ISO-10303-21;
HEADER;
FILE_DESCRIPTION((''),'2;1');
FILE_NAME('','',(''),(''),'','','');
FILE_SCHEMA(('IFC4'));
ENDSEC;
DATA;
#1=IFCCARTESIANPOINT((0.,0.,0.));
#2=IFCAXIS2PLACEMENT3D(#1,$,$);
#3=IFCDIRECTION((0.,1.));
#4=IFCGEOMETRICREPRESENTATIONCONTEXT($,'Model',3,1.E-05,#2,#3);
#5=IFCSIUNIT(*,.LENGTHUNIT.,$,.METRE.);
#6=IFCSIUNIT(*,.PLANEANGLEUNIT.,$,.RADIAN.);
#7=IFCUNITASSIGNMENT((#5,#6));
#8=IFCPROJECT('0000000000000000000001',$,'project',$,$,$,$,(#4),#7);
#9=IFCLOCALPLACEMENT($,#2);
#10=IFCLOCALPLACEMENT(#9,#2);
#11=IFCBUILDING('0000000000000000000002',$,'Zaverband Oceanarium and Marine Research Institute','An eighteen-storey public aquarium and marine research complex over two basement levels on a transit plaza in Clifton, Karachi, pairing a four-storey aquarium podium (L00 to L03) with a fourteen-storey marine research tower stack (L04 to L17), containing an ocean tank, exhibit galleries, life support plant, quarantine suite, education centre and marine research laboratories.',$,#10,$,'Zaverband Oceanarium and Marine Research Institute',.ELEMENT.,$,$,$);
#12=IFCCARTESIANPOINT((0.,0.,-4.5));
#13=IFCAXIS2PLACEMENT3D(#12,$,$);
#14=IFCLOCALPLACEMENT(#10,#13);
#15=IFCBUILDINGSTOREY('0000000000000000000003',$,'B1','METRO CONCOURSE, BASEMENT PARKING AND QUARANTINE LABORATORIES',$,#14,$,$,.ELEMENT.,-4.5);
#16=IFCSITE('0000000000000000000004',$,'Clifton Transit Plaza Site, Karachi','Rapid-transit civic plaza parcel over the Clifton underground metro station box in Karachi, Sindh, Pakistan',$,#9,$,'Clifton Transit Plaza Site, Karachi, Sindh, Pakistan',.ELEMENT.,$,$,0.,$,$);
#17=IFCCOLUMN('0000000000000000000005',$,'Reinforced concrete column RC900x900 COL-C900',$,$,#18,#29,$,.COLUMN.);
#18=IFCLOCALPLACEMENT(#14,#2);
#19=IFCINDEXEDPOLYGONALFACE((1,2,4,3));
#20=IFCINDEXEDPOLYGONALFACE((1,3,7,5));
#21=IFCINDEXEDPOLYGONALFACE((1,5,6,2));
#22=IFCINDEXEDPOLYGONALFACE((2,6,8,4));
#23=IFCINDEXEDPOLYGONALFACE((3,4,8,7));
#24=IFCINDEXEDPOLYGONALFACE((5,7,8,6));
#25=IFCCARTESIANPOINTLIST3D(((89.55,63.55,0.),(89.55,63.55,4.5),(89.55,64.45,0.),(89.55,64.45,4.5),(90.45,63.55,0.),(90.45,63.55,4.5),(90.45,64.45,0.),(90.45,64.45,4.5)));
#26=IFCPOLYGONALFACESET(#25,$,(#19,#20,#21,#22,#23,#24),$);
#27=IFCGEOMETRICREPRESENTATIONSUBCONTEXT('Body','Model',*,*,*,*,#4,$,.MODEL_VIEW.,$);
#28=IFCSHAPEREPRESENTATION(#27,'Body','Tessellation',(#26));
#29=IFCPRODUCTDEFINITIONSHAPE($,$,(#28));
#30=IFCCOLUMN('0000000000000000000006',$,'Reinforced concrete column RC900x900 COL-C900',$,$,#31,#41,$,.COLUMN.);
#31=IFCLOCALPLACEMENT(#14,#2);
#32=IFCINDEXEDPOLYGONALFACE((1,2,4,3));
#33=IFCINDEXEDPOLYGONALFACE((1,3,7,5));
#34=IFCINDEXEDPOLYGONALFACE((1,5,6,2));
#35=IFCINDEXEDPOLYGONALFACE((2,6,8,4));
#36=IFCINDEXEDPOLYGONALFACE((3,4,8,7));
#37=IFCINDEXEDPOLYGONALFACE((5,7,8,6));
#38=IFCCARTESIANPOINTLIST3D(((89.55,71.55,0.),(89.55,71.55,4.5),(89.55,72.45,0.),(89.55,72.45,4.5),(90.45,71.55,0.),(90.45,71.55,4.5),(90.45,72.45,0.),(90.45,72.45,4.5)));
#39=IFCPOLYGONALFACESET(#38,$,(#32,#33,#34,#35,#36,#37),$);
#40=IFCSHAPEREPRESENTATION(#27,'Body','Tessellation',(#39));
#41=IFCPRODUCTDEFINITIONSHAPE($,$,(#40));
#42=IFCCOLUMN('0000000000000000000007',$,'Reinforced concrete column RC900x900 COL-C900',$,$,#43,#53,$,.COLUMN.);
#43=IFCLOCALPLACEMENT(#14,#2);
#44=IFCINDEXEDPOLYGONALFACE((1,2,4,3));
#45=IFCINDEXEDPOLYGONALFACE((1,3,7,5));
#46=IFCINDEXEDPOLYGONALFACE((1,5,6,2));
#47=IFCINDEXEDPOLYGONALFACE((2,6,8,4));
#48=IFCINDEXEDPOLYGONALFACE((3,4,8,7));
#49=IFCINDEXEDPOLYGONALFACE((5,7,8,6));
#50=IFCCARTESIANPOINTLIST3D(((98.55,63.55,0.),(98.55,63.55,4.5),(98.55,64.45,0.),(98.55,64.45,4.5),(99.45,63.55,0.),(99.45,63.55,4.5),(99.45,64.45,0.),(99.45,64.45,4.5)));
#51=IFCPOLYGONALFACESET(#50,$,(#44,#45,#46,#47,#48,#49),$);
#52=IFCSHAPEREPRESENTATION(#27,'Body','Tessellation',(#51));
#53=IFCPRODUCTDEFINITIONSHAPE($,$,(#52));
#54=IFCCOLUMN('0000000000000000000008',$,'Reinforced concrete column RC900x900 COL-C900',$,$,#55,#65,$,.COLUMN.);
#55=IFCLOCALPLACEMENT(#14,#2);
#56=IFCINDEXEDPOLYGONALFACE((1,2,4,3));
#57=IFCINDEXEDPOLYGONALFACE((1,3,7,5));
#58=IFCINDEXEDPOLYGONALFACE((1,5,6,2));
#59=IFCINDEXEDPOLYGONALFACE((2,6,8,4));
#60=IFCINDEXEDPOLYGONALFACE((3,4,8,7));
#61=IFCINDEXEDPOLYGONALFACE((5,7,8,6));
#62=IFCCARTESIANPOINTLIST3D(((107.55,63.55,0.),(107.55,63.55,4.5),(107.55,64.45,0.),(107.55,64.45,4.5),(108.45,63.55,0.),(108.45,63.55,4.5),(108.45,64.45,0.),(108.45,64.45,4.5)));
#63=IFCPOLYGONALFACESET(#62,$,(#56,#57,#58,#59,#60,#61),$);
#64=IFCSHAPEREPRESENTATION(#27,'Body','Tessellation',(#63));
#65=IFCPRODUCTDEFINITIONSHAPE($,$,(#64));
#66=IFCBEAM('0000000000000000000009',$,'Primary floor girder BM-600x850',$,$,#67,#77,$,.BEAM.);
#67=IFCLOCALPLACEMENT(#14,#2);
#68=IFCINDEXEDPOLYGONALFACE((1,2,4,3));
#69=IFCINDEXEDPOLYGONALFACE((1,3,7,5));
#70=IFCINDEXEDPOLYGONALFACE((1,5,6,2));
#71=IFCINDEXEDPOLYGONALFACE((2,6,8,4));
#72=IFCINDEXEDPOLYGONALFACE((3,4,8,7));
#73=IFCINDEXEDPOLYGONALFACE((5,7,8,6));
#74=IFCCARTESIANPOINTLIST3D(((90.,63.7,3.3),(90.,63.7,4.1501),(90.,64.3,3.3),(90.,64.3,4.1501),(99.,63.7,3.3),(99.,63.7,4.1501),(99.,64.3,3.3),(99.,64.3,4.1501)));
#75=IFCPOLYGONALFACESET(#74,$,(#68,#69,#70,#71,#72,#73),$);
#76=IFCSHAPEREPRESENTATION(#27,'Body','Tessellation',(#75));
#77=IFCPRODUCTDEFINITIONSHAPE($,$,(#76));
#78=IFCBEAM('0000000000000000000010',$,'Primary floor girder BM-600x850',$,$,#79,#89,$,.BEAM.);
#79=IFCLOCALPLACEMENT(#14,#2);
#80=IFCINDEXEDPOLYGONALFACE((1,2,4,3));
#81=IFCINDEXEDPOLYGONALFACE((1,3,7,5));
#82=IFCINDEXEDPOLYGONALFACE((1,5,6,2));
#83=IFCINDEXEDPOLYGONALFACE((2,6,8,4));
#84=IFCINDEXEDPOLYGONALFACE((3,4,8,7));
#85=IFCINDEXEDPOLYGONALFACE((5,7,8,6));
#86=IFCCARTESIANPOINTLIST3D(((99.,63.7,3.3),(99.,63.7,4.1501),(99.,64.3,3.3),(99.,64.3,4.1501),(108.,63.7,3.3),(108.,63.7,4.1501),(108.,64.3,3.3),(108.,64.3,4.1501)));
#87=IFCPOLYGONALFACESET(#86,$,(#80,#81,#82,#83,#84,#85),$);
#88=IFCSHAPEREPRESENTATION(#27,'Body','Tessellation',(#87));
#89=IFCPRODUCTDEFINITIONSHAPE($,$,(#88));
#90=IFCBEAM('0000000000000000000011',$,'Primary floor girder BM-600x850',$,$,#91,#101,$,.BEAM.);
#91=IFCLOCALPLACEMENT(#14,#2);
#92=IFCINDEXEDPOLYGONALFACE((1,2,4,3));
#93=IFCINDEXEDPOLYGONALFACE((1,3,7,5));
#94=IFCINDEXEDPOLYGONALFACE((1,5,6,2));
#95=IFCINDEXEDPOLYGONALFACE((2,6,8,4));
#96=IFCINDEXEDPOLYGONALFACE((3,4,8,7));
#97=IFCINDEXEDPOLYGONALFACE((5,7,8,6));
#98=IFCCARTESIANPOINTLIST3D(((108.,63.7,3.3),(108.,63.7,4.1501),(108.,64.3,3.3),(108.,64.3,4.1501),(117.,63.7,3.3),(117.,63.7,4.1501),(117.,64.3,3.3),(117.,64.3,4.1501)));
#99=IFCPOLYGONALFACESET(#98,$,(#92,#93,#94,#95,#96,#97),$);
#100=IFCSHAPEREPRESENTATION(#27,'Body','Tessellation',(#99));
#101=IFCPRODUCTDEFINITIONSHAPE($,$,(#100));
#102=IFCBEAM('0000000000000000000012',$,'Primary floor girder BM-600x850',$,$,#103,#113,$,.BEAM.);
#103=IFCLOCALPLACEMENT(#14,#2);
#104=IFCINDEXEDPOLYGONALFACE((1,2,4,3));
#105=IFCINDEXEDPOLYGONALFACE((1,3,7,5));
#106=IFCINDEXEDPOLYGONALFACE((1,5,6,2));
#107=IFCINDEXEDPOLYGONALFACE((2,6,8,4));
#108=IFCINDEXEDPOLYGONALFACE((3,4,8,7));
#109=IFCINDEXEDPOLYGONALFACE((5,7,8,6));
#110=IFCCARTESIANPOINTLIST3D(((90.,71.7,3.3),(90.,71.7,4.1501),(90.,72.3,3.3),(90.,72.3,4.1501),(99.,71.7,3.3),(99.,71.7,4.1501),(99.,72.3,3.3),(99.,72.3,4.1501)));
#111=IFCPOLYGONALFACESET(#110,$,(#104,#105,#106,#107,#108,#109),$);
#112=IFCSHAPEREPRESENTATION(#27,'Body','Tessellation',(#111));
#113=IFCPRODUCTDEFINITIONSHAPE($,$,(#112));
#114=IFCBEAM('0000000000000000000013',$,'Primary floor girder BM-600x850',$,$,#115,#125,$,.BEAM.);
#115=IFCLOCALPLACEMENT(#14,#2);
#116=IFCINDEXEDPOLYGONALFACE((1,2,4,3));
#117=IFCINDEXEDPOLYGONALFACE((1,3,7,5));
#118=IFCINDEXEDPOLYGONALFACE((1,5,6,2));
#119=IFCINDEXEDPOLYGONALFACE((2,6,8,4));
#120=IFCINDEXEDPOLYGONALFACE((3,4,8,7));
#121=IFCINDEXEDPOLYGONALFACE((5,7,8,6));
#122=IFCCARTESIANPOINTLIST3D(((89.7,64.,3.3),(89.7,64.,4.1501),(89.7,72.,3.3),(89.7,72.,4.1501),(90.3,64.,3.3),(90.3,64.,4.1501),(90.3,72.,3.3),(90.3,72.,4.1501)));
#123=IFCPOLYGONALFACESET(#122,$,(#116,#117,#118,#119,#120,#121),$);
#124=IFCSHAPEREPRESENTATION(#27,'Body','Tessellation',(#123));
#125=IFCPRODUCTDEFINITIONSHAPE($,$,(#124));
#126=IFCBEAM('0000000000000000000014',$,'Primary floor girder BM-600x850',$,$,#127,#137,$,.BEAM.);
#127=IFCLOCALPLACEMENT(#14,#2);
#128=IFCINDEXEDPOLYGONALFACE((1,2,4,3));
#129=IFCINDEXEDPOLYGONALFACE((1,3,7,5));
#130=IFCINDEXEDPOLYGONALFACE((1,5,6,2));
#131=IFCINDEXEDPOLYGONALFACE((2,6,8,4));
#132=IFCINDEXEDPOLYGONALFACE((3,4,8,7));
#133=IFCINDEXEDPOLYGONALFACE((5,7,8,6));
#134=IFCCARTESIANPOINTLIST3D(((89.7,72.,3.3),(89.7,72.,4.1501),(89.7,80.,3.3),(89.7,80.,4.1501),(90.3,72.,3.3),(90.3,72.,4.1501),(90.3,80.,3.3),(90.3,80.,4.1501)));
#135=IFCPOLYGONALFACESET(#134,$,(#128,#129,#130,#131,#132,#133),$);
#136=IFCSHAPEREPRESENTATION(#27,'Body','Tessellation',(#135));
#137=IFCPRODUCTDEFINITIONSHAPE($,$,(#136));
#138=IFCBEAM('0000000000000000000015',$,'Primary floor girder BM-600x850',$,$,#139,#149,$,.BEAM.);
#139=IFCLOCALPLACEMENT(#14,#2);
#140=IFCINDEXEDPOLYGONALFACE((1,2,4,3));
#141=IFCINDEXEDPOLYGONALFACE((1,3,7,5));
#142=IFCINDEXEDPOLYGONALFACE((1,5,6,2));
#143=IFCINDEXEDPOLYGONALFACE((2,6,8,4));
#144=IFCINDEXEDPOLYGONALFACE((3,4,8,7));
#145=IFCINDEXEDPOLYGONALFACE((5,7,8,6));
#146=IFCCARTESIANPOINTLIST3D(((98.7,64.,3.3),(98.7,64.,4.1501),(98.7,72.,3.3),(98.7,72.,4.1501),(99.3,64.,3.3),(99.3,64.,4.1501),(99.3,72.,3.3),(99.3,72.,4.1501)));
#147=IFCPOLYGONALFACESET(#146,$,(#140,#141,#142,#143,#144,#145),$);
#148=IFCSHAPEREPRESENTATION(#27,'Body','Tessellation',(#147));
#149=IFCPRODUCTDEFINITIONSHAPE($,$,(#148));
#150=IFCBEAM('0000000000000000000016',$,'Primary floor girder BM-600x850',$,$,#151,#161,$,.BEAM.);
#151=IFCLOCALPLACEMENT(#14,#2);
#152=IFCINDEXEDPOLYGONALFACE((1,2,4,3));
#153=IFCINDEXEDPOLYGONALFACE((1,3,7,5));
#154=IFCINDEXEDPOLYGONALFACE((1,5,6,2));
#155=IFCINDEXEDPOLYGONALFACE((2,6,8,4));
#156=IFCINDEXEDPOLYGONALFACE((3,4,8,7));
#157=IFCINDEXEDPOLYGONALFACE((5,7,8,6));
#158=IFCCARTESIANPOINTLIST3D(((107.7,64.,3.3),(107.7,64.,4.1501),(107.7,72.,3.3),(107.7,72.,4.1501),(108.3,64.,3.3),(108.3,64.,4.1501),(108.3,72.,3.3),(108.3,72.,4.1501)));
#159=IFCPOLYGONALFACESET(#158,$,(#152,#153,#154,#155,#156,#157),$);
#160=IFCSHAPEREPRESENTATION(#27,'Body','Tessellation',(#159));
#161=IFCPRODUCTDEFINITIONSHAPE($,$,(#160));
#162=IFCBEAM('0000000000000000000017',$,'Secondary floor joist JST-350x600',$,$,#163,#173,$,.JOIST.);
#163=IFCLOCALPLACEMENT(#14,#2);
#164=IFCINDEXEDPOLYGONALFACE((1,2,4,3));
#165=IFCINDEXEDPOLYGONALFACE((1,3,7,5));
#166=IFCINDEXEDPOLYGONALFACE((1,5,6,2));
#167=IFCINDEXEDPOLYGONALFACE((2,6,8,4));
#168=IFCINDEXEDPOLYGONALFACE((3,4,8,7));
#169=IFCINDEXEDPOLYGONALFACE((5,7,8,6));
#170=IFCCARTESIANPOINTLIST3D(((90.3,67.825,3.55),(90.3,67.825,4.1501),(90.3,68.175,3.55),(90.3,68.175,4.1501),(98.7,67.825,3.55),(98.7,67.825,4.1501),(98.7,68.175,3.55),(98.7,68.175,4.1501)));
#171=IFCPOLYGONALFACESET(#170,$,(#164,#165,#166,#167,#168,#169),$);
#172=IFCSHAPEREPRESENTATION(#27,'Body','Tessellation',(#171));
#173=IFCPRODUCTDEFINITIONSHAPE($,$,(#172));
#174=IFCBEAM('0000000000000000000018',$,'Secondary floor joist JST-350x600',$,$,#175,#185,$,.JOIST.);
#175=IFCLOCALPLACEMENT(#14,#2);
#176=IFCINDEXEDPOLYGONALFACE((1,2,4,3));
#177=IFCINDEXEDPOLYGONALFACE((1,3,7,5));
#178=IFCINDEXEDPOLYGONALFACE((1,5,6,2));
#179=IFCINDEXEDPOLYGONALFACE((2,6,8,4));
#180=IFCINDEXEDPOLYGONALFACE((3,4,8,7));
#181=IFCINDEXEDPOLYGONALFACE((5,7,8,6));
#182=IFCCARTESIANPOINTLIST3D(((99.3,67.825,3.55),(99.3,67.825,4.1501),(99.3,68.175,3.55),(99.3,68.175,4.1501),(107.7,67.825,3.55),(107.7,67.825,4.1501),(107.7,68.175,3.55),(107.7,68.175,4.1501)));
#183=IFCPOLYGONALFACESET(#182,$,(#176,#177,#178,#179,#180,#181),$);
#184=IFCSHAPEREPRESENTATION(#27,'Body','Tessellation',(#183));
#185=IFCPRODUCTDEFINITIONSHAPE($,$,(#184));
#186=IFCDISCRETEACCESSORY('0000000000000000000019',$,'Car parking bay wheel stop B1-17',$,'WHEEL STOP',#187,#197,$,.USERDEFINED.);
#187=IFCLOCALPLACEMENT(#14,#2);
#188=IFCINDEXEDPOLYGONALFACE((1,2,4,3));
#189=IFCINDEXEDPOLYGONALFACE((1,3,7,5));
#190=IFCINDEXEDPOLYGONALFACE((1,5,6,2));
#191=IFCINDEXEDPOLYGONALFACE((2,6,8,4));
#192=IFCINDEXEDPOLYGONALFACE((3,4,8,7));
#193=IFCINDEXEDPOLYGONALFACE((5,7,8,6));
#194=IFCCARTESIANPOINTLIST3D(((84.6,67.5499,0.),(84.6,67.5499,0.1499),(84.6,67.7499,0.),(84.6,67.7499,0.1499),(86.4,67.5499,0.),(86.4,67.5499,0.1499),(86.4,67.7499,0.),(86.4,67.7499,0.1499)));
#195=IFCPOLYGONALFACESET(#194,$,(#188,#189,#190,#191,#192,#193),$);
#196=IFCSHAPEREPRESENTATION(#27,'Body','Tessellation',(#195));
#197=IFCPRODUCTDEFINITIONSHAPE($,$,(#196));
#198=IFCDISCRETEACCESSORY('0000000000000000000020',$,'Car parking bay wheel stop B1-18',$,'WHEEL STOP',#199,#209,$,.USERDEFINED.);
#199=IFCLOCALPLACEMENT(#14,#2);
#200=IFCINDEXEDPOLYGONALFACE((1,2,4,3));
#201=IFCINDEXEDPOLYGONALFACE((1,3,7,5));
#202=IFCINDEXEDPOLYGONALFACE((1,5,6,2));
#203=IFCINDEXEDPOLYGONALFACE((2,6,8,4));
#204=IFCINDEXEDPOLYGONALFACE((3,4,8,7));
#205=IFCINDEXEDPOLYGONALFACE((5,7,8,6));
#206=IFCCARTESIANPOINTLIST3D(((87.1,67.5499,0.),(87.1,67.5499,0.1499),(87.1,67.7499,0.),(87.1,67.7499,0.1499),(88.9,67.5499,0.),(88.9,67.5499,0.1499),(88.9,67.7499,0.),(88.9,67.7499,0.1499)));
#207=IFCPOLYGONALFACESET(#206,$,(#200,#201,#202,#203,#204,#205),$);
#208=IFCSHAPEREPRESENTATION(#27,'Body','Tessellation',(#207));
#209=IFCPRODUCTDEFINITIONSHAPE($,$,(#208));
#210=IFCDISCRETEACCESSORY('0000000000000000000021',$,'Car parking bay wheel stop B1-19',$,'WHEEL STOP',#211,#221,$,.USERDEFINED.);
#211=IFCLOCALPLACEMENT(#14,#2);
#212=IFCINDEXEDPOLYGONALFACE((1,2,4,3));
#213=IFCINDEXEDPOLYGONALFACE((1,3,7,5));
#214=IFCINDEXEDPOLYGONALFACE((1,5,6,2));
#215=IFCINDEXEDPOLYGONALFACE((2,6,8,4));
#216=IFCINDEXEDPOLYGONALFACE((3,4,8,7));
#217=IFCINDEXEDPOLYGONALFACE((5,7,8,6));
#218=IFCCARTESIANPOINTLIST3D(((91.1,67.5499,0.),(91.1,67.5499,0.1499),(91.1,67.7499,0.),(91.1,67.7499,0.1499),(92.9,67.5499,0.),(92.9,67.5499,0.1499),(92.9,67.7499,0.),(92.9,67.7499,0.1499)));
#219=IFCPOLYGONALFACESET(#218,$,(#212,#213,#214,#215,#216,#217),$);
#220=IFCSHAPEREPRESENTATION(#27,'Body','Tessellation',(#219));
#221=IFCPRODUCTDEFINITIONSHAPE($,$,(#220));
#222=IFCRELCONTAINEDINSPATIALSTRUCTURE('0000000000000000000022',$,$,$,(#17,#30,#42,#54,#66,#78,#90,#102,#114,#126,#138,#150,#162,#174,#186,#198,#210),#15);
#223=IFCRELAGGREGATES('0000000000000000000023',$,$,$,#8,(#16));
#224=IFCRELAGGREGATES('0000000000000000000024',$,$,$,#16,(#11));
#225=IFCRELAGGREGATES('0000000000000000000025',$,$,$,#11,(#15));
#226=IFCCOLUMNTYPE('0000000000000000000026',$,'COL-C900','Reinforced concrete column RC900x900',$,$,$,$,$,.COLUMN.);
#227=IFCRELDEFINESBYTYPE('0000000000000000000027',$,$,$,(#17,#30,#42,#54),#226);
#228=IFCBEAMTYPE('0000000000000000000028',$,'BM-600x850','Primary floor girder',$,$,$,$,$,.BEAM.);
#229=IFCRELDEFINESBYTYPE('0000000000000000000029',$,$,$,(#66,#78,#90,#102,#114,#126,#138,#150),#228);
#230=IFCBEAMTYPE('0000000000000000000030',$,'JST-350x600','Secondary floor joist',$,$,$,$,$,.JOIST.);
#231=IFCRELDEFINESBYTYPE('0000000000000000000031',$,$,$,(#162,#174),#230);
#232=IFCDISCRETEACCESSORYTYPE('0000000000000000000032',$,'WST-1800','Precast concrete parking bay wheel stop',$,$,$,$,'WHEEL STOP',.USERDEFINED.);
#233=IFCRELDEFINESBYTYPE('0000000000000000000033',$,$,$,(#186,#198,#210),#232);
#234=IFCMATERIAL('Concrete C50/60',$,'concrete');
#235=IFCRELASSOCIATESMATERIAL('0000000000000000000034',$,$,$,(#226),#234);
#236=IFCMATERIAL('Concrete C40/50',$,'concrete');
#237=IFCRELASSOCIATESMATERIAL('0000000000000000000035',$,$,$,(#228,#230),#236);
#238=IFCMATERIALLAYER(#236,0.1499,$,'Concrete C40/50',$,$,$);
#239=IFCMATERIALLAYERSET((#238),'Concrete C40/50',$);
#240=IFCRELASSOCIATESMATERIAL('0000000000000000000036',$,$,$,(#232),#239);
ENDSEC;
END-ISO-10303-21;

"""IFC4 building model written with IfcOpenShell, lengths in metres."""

from ifc_helpers import new_model, si_unit, direction, frame, origin, origin_2d, place, context, subcontext, project, spatial, rectangle, extrude, material, layer, layer_set, material_profile, profile_set, type_object, element, save


model = new_model("IFC4")

# Units and contexts
model_context = context("Model", 3, precision=1e-05, world=origin(), true_north=direction((0.0, 1.0)))
body_context = subcontext(model_context, "Body", "Model", "MODEL_VIEW")
ifc_project = project(units=[si_unit("LENGTHUNIT", "METRE"), si_unit("PLANEANGLEUNIT", "RADIAN")], contexts=[model_context])

# Site, building, storey
site_placement = place(None, origin())
site = spatial("IfcSite", under=ifc_project, at=site_placement, Name="Clifton Transit Plaza Site, Karachi", Description="Rapid-transit civic plaza parcel over the Clifton underground metro station box in Karachi, Sindh, Pakistan", LongName="Clifton Transit Plaza Site, Karachi, Sindh, Pakistan", CompositionType="ELEMENT", RefElevation=0.0)
building_placement = place(site_placement, origin())
building = spatial("IfcBuilding", under=site, at=building_placement, Name="Zaverband Oceanarium and Marine Research Institute", Description="An eighteen-storey public aquarium and marine research complex over two basement levels on a transit plaza in Clifton, Karachi, pairing a four-storey aquarium podium (L00 to L03) with a fourteen-storey marine research tower stack (L04 to L17), containing an ocean tank, exhibit galleries, life support plant, quarantine suite, education centre and marine research laboratories.", LongName="Zaverband Oceanarium and Marine Research Institute", CompositionType="ELEMENT")
storey_placement = place(building_placement, frame((0.0, 0.0, -4.5)))
storey = spatial("IfcBuildingStorey", under=building, at=storey_placement, Name="B1", Description="METRO CONCOURSE, BASEMENT PARKING AND QUARANTINE LABORATORIES", CompositionType="ELEMENT", Elevation=-4.5)

# Columns
ifc_material_1 = material(Name="Concrete C50/60", Category="concrete")
ifc_material_profile_1 = material_profile(ifc_material_1, rectangle(XDim=0.8999, YDim=0.8999, at=origin_2d()), Name="RC900x900")
ifc_profile_set_1 = profile_set([ifc_material_profile_1], Name="Concrete C50/60")
column_type = type_object("IfcColumnType", Name="COL-C900", Description="Reinforced concrete column RC900x900", PredefinedType="COLUMN", material=ifc_profile_set_1)
for number, where, z_axis, x_axis, name in (
    (1, (90.0, 64.0, 0.0), (0.0, 0.0, 1.0), (1.0, 0.0, 0.0), "Reinforced concrete column RC900x900 COL-C900"),
    (2, (90.0, 72.0, 0.0), (0.0, 0.0, 1.0), (1.0, 0.0, 0.0), "Reinforced concrete column RC900x900 COL-C900"),
    (3, (99.0, 64.0, 0.0), (0.0, 0.0, 1.0), (1.0, 0.0, 0.0), "Reinforced concrete column RC900x900 COL-C900"),
    (4, (108.0, 64.0, 0.0), (0.0, 0.0, 1.0), (1.0, 0.0, 0.0), "Reinforced concrete column RC900x900 COL-C900"),
):
    element("IfcColumn", number, at=place(storey_placement, frame(where, z_axis=z_axis, x_axis=x_axis)), inside=storey, type_object=column_type, Name=name, PredefinedType="COLUMN", context=body_context, shape_type="SweptSolid", body=[
        extrude(rectangle(XDim=0.8999, YDim=0.8999, at=origin_2d()), origin(), (0.0, 0.0, 1.0), 4.5),
    ])

# Beams
ifc_material_2 = material(Name="Concrete C40/50", Category="concrete")
ifc_material_profile_2 = material_profile(ifc_material_2, rectangle(XDim=0.6001, YDim=0.8501, at=origin_2d()), Name="RC600x850")
ifc_profile_set_2 = profile_set([ifc_material_profile_2], Name="Concrete C40/50")
beam_type_1 = type_object("IfcBeamType", Name="BM-600x850", Description="Primary floor girder", PredefinedType="BEAM", material=ifc_profile_set_2)
for number, where, z_axis, x_axis, name in (
    (5, (90.0, 64.0, 3.7251), (1.0, 0.0, 0.0), (0.0, 1.0, 0.0), "Primary floor girder BM-600x850"),
    (6, (99.0, 64.0, 3.7251), (1.0, 0.0, 0.0), (0.0, 1.0, 0.0), "Primary floor girder BM-600x850"),
    (7, (108.0, 64.0, 3.7251), (1.0, 0.0, 0.0), (0.0, 1.0, 0.0), "Primary floor girder BM-600x850"),
    (8, (90.0, 72.0, 3.7251), (1.0, 0.0, 0.0), (0.0, 1.0, 0.0), "Primary floor girder BM-600x850"),
):
    element("IfcBeam", number, at=place(storey_placement, frame(where, z_axis=z_axis, x_axis=x_axis)), inside=storey, type_object=beam_type_1, Name=name, PredefinedType="BEAM", context=body_context, shape_type="SweptSolid", body=[
        extrude(rectangle(XDim=0.6001, YDim=0.8501, at=origin_2d()), origin(), (0.0, 0.0, 1.0), 9.0),
    ])
for number, where, z_axis, x_axis, name in (
    (9, (90.0, 64.0, 3.7251), (0.0, 1.0, 0.0), (-1.0, 0.0, 0.0), "Primary floor girder BM-600x850"),
    (10, (90.0, 72.0, 3.7251), (0.0, 1.0, 0.0), (-1.0, 0.0, 0.0), "Primary floor girder BM-600x850"),
    (11, (99.0, 64.0, 3.7251), (0.0, 1.0, 0.0), (-1.0, 0.0, 0.0), "Primary floor girder BM-600x850"),
    (12, (108.0, 64.0, 3.7251), (0.0, 1.0, 0.0), (-1.0, 0.0, 0.0), "Primary floor girder BM-600x850"),
):
    element("IfcBeam", number, at=place(storey_placement, frame(where, z_axis=z_axis, x_axis=x_axis)), inside=storey, type_object=beam_type_1, Name=name, PredefinedType="BEAM", context=body_context, shape_type="SweptSolid", body=[
        extrude(rectangle(XDim=0.6001, YDim=0.8501, at=origin_2d()), origin(), (0.0, 0.0, 1.0), 8.0),
    ])
ifc_material_profile_3 = material_profile(ifc_material_2, rectangle(XDim=0.3501, YDim=0.6001, at=origin_2d()), Name="RC350x600")
ifc_profile_set_3 = profile_set([ifc_material_profile_3], Name="Concrete C40/50")
beam_type_2 = type_object("IfcBeamType", Name="JST-350x600", Description="Secondary floor joist", PredefinedType="JOIST", material=ifc_profile_set_3)
for number, where, z_axis, x_axis, name in (
    (13, (90.3, 68.0, 3.8501), (1.0, 0.0, 0.0), (0.0, 1.0, 0.0), "Secondary floor joist JST-350x600"),
    (14, (99.3, 68.0, 3.8501), (1.0, 0.0, 0.0), (0.0, 1.0, 0.0), "Secondary floor joist JST-350x600"),
):
    element("IfcBeam", number, at=place(storey_placement, frame(where, z_axis=z_axis, x_axis=x_axis)), inside=storey, type_object=beam_type_2, Name=name, PredefinedType="JOIST", context=body_context, shape_type="SweptSolid", body=[
        extrude(rectangle(XDim=0.3501, YDim=0.6001, at=origin_2d()), origin(), (0.0, 0.0, 1.0), 8.3999),
    ])

# Discrete accessories
ifc_layer = layer(ifc_material_2, 0.1499, Name="Concrete C40/50")
ifc_layer_set = layer_set([ifc_layer], Name="Concrete C40/50")
discrete_accessory_type = type_object("IfcDiscreteAccessoryType", Name="WST-1800", Description="Precast concrete parking bay wheel stop", ElementType="WHEEL STOP", PredefinedType="USERDEFINED", material=ifc_layer_set)
for number, where, z_axis, x_axis, name in (
    (15, (85.5, 67.6499, 0.0), (0.0, 0.0, 1.0), (1.0, 0.0, 0.0), "Car parking bay wheel stop B1-17"),
    (16, (88.0, 67.6499, 0.0), (0.0, 0.0, 1.0), (1.0, 0.0, 0.0), "Car parking bay wheel stop B1-18"),
    (17, (92.0, 67.6499, 0.0), (0.0, 0.0, 1.0), (1.0, 0.0, 0.0), "Car parking bay wheel stop B1-19"),
):
    element("IfcDiscreteAccessory", number, at=place(storey_placement, frame(where, z_axis=z_axis, x_axis=x_axis)), inside=storey, type_object=discrete_accessory_type, Name=name, ObjectType="WHEEL STOP", PredefinedType="USERDEFINED", context=body_context, shape_type="SweptSolid", body=[
        extrude(rectangle(XDim=1.8, YDim=0.2, at=origin_2d()), origin(), (0.0, 0.0, 1.0), 0.1499),
    ])

save(model, "model.ifc")
